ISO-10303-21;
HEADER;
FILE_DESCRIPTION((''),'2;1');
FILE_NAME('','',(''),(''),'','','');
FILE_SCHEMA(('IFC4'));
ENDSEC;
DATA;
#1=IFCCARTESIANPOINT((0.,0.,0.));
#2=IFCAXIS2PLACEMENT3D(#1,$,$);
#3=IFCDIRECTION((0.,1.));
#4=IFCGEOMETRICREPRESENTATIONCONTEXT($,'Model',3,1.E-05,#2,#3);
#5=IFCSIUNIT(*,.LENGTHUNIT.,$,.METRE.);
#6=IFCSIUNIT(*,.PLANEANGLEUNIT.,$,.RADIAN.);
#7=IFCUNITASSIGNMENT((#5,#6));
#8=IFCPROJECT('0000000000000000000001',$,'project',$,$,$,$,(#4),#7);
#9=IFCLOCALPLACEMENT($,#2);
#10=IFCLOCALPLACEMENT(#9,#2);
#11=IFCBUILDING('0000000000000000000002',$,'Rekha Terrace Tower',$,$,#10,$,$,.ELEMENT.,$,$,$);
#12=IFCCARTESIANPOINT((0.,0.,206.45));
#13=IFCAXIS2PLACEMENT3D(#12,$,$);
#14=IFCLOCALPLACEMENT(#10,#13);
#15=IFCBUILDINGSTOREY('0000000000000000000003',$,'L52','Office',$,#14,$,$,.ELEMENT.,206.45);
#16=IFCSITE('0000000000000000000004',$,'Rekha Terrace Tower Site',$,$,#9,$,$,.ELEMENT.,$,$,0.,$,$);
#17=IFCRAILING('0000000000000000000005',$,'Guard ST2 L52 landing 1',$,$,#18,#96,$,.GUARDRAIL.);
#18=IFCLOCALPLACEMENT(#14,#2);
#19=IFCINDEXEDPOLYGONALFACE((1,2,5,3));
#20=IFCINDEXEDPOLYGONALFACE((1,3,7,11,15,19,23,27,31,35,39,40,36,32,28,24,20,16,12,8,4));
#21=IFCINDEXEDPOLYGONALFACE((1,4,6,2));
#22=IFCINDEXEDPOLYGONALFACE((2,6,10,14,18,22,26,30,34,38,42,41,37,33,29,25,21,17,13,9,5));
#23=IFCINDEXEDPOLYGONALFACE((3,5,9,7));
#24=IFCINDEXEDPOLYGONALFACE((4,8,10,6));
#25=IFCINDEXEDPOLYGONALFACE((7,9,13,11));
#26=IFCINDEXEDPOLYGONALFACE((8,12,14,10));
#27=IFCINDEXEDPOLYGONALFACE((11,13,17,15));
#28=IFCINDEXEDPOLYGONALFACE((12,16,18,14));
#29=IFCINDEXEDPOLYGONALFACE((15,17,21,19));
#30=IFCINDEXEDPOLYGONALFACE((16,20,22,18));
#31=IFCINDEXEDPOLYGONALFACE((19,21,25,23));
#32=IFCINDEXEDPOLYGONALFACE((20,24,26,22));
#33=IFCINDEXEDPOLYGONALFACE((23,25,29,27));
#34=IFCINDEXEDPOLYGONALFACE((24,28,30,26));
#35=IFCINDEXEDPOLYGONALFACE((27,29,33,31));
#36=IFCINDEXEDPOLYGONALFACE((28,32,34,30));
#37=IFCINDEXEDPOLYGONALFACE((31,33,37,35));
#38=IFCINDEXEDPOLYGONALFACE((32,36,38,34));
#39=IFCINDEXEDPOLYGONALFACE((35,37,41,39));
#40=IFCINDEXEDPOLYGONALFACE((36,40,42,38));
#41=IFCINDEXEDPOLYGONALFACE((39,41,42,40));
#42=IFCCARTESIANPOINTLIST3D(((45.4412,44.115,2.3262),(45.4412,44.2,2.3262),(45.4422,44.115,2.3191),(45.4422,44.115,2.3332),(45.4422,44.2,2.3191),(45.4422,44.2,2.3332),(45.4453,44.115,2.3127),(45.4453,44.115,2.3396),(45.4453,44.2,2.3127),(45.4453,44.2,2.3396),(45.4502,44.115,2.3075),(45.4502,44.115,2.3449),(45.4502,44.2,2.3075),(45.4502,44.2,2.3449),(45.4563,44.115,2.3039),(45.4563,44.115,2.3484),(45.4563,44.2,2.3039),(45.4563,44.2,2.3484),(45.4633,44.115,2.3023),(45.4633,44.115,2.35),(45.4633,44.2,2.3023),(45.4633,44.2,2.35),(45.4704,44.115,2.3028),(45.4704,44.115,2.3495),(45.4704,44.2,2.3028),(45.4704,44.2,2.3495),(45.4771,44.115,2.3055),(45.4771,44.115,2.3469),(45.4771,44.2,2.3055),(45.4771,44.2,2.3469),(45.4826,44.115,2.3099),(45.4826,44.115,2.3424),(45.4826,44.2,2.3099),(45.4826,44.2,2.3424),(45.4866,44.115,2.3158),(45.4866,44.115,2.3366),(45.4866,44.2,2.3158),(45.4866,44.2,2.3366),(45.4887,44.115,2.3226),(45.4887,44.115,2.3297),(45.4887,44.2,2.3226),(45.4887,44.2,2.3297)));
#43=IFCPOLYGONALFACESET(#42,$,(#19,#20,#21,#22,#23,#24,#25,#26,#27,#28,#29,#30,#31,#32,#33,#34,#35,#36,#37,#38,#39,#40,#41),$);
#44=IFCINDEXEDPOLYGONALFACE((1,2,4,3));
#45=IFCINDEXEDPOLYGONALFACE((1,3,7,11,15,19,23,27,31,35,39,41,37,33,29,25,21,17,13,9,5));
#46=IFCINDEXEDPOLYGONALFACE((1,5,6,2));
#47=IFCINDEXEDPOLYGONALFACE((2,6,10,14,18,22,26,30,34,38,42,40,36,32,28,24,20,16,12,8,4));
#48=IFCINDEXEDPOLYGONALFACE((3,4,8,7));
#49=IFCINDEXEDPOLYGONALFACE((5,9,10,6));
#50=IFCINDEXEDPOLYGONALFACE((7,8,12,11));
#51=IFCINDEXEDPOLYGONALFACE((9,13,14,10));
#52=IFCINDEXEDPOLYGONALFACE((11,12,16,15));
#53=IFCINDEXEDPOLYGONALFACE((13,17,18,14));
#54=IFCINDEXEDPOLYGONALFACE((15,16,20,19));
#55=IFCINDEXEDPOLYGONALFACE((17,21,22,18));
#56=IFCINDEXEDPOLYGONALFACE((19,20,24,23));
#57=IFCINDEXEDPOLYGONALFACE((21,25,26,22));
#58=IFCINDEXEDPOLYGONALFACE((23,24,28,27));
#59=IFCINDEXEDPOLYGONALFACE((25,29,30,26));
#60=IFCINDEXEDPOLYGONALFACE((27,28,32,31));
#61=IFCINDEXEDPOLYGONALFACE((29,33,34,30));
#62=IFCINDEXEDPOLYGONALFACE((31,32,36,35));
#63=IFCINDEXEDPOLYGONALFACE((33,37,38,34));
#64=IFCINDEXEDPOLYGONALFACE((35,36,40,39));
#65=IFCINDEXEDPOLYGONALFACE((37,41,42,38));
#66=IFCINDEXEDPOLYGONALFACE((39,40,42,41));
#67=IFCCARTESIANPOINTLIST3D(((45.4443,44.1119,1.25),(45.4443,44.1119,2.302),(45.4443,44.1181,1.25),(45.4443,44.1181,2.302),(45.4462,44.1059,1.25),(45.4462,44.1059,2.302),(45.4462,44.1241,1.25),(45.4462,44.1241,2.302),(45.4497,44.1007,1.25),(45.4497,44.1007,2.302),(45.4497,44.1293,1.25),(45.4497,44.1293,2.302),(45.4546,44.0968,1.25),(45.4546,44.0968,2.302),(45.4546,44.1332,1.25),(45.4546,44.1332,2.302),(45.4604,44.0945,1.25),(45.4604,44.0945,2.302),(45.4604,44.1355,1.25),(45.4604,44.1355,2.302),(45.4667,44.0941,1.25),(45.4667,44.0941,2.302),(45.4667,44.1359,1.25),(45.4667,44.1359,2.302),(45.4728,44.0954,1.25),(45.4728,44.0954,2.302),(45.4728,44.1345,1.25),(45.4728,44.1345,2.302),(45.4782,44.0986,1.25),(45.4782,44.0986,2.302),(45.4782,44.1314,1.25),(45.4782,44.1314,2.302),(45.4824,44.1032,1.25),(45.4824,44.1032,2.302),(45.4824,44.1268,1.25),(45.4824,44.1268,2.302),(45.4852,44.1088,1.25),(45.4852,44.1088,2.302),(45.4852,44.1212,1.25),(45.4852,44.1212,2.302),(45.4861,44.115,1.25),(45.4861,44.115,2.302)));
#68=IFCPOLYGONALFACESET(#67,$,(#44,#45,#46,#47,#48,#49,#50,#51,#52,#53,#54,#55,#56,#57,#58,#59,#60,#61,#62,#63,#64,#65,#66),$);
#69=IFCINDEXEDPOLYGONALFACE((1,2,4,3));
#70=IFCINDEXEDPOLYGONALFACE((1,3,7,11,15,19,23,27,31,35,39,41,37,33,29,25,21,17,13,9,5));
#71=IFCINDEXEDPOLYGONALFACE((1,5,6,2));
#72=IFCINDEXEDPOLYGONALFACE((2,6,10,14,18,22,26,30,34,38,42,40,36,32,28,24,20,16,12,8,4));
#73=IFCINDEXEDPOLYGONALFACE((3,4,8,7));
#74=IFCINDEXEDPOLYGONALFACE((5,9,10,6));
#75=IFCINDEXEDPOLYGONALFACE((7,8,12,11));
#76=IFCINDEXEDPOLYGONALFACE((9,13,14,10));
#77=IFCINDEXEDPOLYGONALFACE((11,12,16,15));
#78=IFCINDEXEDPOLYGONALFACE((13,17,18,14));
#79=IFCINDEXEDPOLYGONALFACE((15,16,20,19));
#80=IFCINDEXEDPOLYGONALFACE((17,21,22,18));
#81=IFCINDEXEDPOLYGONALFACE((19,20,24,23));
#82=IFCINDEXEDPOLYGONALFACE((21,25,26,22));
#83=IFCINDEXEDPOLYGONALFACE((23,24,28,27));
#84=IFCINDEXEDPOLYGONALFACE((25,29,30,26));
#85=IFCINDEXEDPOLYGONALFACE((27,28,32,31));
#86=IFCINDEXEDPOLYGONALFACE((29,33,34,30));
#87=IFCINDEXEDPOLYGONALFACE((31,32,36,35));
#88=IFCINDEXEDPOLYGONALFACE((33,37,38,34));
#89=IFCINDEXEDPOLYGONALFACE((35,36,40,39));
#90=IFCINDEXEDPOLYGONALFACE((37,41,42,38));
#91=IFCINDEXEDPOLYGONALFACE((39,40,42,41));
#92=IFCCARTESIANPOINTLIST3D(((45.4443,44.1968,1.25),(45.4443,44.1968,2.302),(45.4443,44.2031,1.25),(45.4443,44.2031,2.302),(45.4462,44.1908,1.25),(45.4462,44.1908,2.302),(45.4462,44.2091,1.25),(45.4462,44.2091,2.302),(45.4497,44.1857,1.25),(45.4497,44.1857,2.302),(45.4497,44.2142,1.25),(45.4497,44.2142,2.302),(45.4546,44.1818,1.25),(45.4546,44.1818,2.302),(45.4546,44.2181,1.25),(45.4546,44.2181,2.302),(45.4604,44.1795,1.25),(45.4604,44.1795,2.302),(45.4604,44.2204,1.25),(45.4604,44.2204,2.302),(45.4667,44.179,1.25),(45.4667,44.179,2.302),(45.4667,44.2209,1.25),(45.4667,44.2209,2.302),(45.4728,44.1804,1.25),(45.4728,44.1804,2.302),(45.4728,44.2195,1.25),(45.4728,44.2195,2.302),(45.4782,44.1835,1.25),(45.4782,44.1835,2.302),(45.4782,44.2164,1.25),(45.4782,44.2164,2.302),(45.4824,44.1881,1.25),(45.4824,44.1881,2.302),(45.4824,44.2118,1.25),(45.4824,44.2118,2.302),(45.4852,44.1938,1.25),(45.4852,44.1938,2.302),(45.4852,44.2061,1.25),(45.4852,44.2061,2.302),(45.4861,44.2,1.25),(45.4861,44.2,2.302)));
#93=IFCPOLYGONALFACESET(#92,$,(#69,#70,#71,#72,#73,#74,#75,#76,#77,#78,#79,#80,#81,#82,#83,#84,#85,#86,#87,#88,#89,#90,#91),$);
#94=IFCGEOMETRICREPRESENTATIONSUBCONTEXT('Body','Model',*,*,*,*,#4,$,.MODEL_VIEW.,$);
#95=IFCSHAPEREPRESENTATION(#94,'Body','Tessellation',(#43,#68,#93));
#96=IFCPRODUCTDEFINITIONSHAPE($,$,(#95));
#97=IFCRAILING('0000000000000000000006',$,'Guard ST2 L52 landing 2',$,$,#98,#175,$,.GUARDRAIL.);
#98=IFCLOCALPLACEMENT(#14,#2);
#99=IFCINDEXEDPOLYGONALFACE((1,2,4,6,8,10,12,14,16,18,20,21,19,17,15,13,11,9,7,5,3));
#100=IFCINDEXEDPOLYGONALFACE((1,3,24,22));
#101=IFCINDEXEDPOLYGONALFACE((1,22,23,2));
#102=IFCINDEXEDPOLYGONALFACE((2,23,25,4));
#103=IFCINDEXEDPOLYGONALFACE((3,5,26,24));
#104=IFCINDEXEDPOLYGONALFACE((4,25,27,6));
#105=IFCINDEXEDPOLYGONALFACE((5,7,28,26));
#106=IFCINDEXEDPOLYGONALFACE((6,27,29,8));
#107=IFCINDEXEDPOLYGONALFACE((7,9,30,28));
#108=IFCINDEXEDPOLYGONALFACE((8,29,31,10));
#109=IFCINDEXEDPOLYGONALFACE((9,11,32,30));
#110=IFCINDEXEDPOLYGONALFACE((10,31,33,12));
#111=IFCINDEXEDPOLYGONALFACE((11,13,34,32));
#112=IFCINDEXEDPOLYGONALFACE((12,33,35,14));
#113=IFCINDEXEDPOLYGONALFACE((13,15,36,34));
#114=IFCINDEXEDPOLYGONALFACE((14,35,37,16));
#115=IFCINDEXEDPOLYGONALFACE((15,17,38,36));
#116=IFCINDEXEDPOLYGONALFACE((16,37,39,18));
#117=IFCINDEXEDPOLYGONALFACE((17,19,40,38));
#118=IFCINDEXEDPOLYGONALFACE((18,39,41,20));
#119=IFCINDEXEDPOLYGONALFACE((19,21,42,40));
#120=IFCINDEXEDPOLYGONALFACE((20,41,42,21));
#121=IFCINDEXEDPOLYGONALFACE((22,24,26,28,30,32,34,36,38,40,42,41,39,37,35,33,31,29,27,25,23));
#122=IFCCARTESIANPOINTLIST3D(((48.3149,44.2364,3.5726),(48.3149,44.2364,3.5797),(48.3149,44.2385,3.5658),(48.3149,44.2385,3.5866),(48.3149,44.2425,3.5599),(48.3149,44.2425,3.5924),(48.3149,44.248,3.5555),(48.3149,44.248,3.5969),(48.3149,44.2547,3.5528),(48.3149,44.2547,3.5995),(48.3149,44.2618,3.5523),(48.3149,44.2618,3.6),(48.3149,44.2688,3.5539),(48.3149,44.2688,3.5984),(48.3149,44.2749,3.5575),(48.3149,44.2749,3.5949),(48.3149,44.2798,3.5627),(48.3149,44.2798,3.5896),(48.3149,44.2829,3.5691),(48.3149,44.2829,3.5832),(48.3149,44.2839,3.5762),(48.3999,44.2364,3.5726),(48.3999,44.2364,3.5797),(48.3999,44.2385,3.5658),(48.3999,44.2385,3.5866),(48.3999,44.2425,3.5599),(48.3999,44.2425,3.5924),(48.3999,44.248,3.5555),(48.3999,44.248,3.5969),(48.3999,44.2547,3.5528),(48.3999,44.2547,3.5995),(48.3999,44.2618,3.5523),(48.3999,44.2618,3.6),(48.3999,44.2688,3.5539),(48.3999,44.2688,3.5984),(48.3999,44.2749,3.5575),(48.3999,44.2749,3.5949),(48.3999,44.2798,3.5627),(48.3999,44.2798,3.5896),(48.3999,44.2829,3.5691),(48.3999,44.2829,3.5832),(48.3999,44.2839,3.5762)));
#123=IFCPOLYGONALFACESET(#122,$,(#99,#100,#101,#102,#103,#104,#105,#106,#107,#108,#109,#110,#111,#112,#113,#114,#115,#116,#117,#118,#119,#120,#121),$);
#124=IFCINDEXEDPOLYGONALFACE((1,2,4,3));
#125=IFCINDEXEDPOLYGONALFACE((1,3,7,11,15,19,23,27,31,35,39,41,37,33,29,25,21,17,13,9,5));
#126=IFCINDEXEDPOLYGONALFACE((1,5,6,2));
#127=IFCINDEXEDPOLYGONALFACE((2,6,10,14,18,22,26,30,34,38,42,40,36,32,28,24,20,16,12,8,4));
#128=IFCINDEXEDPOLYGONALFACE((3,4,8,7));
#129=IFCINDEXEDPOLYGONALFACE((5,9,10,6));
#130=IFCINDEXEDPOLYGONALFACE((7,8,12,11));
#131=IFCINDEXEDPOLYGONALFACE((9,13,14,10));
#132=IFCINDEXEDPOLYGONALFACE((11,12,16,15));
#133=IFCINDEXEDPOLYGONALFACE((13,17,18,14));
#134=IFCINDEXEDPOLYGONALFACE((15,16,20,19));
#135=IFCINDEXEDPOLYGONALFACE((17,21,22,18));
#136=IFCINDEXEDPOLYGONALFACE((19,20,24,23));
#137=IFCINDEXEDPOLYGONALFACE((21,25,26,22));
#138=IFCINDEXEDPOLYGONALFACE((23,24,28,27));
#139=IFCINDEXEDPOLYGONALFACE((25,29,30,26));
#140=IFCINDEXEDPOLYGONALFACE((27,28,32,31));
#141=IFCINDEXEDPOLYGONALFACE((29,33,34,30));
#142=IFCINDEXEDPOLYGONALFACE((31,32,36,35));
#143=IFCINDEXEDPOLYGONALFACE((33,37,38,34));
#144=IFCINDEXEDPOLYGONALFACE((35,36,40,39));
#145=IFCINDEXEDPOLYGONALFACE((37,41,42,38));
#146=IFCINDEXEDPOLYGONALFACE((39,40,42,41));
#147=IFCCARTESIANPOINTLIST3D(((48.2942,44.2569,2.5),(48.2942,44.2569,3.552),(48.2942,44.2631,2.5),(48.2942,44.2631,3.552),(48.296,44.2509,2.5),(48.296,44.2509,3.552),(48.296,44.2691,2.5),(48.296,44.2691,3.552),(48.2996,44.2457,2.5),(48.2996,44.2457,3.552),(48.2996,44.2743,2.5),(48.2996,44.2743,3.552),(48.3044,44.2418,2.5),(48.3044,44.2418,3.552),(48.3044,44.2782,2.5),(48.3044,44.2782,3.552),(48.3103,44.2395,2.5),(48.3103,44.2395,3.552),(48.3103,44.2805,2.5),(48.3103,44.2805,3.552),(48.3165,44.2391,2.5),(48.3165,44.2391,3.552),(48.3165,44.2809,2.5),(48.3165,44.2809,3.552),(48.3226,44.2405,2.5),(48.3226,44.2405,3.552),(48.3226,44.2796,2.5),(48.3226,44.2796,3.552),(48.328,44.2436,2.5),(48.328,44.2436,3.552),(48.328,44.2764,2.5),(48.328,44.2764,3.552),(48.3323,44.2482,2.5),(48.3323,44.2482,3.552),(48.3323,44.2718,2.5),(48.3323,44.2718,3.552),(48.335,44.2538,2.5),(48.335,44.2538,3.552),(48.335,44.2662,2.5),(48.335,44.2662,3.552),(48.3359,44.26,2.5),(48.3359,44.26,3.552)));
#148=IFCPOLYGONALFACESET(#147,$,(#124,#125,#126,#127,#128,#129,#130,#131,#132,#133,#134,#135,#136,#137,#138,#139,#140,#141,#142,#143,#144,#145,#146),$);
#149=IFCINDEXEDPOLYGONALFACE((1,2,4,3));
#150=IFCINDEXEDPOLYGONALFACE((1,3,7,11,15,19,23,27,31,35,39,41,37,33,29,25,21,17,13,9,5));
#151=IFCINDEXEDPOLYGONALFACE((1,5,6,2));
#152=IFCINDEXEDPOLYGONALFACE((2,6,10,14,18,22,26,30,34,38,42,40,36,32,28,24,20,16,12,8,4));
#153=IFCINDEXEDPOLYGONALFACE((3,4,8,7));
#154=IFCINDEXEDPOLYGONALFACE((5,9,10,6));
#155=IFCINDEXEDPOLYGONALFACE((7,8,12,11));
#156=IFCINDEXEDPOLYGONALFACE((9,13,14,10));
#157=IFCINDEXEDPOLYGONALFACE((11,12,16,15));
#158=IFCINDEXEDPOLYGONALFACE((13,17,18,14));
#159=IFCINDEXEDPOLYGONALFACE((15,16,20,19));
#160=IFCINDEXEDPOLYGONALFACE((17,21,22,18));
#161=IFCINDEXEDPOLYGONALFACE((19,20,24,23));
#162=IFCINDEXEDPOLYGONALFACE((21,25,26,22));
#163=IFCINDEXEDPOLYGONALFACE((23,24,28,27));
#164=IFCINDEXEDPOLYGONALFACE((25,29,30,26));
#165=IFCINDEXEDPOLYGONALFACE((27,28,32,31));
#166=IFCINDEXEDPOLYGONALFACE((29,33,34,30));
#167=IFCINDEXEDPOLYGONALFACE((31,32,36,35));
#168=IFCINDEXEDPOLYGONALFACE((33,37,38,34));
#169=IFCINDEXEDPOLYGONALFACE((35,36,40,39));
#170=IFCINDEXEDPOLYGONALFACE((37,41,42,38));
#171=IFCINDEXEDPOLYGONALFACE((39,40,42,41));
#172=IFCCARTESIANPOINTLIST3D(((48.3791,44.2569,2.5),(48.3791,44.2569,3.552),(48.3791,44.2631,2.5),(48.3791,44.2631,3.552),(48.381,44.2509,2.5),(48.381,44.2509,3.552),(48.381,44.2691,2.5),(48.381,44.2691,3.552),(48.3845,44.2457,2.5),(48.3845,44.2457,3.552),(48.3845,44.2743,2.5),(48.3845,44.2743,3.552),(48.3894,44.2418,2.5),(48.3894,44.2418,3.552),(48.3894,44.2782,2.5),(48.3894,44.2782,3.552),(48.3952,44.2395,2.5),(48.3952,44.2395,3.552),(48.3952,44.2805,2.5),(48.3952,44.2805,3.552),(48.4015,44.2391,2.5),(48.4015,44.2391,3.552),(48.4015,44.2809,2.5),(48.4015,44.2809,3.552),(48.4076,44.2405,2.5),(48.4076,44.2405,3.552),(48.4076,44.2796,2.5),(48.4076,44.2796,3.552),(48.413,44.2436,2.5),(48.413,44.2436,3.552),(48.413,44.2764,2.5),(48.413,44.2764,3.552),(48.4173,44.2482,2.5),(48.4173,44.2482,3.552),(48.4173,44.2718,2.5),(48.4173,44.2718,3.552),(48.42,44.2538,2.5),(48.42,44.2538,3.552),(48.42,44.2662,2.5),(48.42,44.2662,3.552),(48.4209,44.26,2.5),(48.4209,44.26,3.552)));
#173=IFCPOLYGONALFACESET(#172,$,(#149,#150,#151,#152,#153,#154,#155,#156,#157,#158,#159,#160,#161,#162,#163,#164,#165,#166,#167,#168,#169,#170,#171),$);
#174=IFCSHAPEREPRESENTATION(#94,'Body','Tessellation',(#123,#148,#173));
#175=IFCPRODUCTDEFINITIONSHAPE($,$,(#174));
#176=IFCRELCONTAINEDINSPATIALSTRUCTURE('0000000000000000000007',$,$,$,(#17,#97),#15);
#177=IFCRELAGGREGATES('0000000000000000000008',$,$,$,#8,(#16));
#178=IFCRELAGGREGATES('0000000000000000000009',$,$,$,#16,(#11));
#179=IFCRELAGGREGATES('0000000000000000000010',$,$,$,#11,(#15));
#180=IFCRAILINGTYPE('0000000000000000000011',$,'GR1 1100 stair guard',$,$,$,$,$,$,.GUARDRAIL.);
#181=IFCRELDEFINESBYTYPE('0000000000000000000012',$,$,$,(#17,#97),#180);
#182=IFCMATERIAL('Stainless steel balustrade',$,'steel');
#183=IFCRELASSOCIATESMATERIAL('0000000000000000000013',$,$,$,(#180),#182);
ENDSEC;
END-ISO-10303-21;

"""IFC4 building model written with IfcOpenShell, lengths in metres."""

from ifc_helpers import new_model, si_unit, direction, frame, origin, origin_2d, place, context, subcontext, project, spatial, circle, extrude, material, type_object, element, save


model = new_model("IFC4")

# Units and contexts
model_context = context("Model", 3, precision=1e-05, world=origin(), true_north=direction((0.0, 1.0)))
body_context = subcontext(model_context, "Body", "Model", "MODEL_VIEW")
ifc_project = project(units=[si_unit("LENGTHUNIT", "METRE"), si_unit("PLANEANGLEUNIT", "RADIAN")], contexts=[model_context])

# Site, building, storey
site_placement = place(None, origin())
site = spatial("IfcSite", under=ifc_project, at=site_placement, Name="Rekha Terrace Tower Site", CompositionType="ELEMENT", RefElevation=0.0)
building_placement = place(site_placement, origin())
building = spatial("IfcBuilding", under=site, at=building_placement, Name="Rekha Terrace Tower", CompositionType="ELEMENT")
storey_placement = place(building_placement, frame((0.0, 0.0, 206.45)))
storey = spatial("IfcBuildingStorey", under=building, at=storey_placement, Name="L52", Description="Office", CompositionType="ELEMENT", Elevation=206.45)

# Railings
ifc_material_1 = material(Name="Stainless steel balustrade", Category="steel")
railing_type_1 = type_object("IfcRailingType", Name="GR1 1100 stair guard", PredefinedType="GUARDRAIL", material=ifc_material_1)
railing_1_placement = place(storey_placement, frame((45.4651, 44.115, 1.25)))
element("IfcRailing", 1, at=railing_1_placement, inside=storey, type_object=railing_type_1, Name="Guard ST2 L52 landing 1", PredefinedType="GUARDRAIL", context=body_context, shape_type="SweptSolid", body=[
    extrude(circle(Radius=0.0239, at=origin_2d()), frame((0.0, 0.0, 1.0762), z_axis=(0.0, 1.0, 0.0), x_axis=(-1.0, 0.0, 0.0)), (0.0, 0.0, 1.0), 0.085),
    extrude(circle(Radius=0.021, at=origin_2d()), origin(), (0.0, 0.0, 1.0), 1.052),
    extrude(circle(Radius=0.021, at=origin_2d()), frame((0.0, 0.085, 0.0)), (0.0, 0.0, 1.0), 1.052),
])
railing_2_placement = place(storey_placement, frame((48.3149, 44.26, 2.5)))
element("IfcRailing", 2, at=railing_2_placement, inside=storey, type_object=railing_type_1, Name="Guard ST2 L52 landing 2", PredefinedType="GUARDRAIL", context=body_context, shape_type="SweptSolid", body=[
    extrude(circle(Radius=0.0239, at=origin_2d()), frame((0.0, 0.0, 1.0762), z_axis=(1.0, 0.0, 0.0), x_axis=(0.0, 1.0, 0.0)), (0.0, 0.0, 1.0), 0.085),
    extrude(circle(Radius=0.021, at=origin_2d()), origin(), (0.0, 0.0, 1.0), 1.052),
    extrude(circle(Radius=0.021, at=origin_2d()), frame((0.085, 0.0, 0.0)), (0.0, 0.0, 1.0), 1.052),
])

save(model, "model.ifc")
